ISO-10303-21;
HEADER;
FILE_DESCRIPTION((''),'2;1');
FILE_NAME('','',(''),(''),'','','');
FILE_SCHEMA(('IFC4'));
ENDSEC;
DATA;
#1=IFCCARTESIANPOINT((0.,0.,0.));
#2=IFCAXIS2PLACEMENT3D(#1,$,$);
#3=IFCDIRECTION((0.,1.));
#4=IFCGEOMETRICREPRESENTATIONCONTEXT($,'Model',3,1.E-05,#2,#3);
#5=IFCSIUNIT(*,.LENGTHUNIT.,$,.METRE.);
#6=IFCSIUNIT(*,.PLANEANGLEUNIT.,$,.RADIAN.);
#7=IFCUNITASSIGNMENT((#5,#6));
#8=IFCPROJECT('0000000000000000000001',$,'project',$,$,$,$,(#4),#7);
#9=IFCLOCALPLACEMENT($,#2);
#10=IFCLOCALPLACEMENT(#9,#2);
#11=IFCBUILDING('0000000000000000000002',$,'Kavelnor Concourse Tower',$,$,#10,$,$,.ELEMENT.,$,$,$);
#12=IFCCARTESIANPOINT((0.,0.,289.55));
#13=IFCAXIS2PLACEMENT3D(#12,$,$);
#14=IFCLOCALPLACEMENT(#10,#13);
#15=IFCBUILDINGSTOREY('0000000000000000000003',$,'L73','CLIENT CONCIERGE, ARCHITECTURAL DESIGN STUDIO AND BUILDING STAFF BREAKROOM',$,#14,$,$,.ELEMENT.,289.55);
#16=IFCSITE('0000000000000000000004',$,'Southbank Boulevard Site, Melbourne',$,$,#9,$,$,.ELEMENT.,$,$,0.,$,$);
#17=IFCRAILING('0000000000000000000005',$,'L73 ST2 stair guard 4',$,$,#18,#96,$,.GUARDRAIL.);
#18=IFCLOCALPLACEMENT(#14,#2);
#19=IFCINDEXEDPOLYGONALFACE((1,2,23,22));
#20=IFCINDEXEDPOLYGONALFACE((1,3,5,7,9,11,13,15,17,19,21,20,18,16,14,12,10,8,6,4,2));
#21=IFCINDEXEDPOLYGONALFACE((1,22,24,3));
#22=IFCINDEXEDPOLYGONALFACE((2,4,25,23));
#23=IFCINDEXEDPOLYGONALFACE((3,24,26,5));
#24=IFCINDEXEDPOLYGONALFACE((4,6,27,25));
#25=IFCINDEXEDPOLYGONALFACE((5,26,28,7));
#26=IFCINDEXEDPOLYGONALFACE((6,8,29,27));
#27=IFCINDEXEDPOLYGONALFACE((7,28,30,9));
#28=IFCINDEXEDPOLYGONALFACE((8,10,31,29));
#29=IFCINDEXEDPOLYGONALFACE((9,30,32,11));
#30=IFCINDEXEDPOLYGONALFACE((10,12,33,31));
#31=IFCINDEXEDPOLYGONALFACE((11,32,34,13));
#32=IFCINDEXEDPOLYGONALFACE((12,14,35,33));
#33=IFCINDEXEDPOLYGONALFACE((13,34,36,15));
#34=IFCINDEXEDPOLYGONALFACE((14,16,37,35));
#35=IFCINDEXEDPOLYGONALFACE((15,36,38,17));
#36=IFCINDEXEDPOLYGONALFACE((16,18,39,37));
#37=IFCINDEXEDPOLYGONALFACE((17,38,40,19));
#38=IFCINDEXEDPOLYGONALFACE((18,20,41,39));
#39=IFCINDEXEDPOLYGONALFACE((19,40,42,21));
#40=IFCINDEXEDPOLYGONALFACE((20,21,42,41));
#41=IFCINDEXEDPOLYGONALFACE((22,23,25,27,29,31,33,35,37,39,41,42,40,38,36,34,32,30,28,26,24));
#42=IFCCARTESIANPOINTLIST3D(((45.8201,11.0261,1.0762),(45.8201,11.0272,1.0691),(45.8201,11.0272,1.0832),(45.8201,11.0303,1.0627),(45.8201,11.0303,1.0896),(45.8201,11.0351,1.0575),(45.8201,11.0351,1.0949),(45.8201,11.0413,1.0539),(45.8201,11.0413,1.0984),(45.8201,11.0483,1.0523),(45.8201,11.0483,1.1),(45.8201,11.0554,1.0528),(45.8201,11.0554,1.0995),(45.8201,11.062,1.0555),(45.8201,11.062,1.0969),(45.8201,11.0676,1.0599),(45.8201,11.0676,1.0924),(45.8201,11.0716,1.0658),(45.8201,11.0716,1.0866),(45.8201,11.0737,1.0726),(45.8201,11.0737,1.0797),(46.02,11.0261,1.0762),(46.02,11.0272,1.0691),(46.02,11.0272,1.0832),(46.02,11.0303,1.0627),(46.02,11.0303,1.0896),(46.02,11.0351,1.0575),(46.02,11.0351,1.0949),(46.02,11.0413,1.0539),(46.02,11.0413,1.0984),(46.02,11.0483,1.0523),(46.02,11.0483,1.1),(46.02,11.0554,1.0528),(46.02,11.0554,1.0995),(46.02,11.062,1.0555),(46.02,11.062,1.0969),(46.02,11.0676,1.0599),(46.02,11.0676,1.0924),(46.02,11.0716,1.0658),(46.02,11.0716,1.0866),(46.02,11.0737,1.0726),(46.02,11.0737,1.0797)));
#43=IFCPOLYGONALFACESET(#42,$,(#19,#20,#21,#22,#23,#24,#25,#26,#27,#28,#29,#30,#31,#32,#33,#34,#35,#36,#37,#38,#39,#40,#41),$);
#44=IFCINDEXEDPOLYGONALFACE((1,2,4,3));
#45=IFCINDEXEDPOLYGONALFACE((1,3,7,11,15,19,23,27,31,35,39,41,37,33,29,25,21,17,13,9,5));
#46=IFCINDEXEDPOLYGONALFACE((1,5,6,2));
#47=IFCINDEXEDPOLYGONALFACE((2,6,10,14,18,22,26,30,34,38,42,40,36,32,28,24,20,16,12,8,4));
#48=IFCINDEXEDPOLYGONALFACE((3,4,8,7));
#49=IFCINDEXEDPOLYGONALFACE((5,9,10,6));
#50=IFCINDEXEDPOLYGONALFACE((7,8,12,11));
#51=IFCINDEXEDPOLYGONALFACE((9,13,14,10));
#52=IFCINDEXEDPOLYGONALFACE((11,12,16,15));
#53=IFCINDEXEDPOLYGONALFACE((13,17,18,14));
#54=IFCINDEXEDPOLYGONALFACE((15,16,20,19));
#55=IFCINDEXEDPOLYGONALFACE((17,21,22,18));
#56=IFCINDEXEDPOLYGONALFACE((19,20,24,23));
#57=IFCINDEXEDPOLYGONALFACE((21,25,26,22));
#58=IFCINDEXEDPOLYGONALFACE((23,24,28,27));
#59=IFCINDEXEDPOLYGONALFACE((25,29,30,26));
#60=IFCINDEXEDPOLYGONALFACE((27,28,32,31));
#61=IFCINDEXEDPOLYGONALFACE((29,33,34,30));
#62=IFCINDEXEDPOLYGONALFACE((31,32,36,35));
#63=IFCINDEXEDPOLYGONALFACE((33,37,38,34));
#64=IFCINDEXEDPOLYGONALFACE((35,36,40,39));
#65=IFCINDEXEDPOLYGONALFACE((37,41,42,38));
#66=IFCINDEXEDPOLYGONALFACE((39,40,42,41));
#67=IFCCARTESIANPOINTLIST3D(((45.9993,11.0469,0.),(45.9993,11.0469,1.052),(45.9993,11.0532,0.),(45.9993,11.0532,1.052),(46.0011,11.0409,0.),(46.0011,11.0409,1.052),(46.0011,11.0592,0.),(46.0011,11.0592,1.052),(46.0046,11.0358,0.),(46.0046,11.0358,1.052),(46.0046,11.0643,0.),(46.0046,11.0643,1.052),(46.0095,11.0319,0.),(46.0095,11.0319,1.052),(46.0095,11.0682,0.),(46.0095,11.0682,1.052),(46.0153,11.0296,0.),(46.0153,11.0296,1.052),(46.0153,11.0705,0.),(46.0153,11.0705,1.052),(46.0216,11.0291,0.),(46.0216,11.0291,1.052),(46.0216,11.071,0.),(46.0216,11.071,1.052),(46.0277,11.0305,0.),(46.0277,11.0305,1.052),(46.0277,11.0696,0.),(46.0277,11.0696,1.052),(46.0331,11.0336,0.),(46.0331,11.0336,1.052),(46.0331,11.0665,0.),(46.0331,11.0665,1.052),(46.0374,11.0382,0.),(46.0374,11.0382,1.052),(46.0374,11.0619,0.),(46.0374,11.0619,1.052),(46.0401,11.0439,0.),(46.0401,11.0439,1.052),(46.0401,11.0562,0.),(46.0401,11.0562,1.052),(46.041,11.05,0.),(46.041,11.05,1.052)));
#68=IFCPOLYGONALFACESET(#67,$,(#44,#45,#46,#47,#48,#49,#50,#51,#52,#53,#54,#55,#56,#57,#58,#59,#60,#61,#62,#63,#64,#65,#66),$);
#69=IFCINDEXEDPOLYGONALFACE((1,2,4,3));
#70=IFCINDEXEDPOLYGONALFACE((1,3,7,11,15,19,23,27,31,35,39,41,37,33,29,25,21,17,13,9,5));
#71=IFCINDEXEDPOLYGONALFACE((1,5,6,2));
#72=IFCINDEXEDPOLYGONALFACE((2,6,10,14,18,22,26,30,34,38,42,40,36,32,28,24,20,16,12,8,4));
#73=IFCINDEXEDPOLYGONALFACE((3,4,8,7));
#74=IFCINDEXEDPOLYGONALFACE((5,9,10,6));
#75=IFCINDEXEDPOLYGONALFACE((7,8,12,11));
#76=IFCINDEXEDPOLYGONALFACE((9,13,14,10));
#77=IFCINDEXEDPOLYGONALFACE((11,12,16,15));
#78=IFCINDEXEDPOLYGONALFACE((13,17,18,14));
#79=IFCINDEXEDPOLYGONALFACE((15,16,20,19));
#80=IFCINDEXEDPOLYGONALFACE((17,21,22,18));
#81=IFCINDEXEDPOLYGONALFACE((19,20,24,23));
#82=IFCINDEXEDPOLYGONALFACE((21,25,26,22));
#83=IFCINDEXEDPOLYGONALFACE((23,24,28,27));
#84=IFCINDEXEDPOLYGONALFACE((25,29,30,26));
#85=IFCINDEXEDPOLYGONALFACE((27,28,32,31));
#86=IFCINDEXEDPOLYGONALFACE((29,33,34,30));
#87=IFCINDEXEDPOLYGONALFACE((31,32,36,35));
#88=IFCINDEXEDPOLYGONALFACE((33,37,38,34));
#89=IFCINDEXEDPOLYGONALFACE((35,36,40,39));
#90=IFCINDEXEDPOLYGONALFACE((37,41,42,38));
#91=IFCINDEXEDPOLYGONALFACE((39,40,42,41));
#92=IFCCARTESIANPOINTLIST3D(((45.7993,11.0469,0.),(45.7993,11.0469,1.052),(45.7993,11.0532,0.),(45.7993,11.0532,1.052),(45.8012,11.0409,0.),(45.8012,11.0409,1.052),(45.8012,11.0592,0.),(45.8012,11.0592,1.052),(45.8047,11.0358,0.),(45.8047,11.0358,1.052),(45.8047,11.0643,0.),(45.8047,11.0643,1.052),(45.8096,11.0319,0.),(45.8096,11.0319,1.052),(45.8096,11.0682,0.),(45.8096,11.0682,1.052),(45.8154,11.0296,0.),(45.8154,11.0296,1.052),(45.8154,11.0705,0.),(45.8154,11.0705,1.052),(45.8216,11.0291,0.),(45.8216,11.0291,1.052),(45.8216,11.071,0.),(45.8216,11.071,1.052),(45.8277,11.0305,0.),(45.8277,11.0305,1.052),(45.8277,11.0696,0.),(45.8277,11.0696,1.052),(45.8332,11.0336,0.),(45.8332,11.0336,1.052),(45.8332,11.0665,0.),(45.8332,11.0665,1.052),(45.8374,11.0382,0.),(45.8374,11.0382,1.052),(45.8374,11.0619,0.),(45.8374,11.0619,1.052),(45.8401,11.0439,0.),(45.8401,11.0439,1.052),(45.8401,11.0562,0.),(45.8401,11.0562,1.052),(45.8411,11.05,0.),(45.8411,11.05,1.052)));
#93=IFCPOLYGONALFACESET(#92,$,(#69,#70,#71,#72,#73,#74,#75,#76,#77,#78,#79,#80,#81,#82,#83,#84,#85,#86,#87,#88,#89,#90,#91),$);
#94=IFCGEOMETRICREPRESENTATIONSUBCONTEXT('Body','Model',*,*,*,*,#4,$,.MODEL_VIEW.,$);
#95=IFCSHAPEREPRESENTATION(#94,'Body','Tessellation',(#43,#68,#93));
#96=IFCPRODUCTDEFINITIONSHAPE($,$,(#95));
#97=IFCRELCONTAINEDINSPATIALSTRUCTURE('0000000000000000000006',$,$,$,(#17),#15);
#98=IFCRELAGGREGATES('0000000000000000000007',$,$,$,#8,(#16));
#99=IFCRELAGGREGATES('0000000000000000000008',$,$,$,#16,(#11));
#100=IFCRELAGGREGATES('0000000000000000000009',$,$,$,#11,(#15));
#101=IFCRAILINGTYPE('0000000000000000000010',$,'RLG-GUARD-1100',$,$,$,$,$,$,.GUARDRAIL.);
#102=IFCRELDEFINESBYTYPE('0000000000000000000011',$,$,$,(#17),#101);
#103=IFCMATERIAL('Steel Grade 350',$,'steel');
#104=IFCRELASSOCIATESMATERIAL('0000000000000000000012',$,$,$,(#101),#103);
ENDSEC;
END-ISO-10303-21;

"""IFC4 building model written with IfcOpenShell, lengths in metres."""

from ifc_helpers import new_model, si_unit, direction, frame, origin, origin_2d, place, context, subcontext, project, spatial, circle, extrude, material, type_object, element, save


model = new_model("IFC4")

# Units and contexts
model_context = context("Model", 3, precision=1e-05, world=origin(), true_north=direction((0.0, 1.0)))
body_context = subcontext(model_context, "Body", "Model", "MODEL_VIEW")
ifc_project = project(units=[si_unit("LENGTHUNIT", "METRE"), si_unit("PLANEANGLEUNIT", "RADIAN")], contexts=[model_context])

# Site, building, storey
site_placement = place(None, origin())
site = spatial("IfcSite", under=ifc_project, at=site_placement, Name="Southbank Boulevard Site, Melbourne", CompositionType="ELEMENT", RefElevation=0.0)
building_placement = place(site_placement, origin())
building = spatial("IfcBuilding", under=site, at=building_placement, Name="Kavelnor Concourse Tower", CompositionType="ELEMENT")
storey_placement = place(building_placement, frame((0.0, 0.0, 289.55)))
storey = spatial("IfcBuildingStorey", under=building, at=storey_placement, Name="L73", Description="CLIENT CONCIERGE, ARCHITECTURAL DESIGN STUDIO AND BUILDING STAFF BREAKROOM", CompositionType="ELEMENT", Elevation=289.55)

# Shared definitions
ifc_material_1 = material(Name="Steel Grade 350", Category="steel")

# Railing
railing_type_1 = type_object("IfcRailingType", Name="RLG-GUARD-1100", PredefinedType="GUARDRAIL", material=ifc_material_1)
railing_1_placement = place(storey_placement, frame((46.02, 11.05, 0.0)))
element("IfcRailing", 1, at=railing_1_placement, inside=storey, type_object=railing_type_1, Name="L73 ST2 stair guard 4", PredefinedType="GUARDRAIL", context=body_context, shape_type="SweptSolid", body=[
    extrude(circle(Radius=0.0239, at=origin_2d()), frame((0.0, 0.0, 1.0762), z_axis=(-1.0, 0.0, 0.0), x_axis=(0.0, -1.0, 0.0)), (0.0, 0.0, 1.0), 0.2),
    extrude(circle(Radius=0.021, at=origin_2d()), origin(), (0.0, 0.0, 1.0), 1.052),
    extrude(circle(Radius=0.021, at=origin_2d()), frame((-0.2, 0.0, 0.0)), (0.0, 0.0, 1.0), 1.052),
])

save(model, "model.ifc")
